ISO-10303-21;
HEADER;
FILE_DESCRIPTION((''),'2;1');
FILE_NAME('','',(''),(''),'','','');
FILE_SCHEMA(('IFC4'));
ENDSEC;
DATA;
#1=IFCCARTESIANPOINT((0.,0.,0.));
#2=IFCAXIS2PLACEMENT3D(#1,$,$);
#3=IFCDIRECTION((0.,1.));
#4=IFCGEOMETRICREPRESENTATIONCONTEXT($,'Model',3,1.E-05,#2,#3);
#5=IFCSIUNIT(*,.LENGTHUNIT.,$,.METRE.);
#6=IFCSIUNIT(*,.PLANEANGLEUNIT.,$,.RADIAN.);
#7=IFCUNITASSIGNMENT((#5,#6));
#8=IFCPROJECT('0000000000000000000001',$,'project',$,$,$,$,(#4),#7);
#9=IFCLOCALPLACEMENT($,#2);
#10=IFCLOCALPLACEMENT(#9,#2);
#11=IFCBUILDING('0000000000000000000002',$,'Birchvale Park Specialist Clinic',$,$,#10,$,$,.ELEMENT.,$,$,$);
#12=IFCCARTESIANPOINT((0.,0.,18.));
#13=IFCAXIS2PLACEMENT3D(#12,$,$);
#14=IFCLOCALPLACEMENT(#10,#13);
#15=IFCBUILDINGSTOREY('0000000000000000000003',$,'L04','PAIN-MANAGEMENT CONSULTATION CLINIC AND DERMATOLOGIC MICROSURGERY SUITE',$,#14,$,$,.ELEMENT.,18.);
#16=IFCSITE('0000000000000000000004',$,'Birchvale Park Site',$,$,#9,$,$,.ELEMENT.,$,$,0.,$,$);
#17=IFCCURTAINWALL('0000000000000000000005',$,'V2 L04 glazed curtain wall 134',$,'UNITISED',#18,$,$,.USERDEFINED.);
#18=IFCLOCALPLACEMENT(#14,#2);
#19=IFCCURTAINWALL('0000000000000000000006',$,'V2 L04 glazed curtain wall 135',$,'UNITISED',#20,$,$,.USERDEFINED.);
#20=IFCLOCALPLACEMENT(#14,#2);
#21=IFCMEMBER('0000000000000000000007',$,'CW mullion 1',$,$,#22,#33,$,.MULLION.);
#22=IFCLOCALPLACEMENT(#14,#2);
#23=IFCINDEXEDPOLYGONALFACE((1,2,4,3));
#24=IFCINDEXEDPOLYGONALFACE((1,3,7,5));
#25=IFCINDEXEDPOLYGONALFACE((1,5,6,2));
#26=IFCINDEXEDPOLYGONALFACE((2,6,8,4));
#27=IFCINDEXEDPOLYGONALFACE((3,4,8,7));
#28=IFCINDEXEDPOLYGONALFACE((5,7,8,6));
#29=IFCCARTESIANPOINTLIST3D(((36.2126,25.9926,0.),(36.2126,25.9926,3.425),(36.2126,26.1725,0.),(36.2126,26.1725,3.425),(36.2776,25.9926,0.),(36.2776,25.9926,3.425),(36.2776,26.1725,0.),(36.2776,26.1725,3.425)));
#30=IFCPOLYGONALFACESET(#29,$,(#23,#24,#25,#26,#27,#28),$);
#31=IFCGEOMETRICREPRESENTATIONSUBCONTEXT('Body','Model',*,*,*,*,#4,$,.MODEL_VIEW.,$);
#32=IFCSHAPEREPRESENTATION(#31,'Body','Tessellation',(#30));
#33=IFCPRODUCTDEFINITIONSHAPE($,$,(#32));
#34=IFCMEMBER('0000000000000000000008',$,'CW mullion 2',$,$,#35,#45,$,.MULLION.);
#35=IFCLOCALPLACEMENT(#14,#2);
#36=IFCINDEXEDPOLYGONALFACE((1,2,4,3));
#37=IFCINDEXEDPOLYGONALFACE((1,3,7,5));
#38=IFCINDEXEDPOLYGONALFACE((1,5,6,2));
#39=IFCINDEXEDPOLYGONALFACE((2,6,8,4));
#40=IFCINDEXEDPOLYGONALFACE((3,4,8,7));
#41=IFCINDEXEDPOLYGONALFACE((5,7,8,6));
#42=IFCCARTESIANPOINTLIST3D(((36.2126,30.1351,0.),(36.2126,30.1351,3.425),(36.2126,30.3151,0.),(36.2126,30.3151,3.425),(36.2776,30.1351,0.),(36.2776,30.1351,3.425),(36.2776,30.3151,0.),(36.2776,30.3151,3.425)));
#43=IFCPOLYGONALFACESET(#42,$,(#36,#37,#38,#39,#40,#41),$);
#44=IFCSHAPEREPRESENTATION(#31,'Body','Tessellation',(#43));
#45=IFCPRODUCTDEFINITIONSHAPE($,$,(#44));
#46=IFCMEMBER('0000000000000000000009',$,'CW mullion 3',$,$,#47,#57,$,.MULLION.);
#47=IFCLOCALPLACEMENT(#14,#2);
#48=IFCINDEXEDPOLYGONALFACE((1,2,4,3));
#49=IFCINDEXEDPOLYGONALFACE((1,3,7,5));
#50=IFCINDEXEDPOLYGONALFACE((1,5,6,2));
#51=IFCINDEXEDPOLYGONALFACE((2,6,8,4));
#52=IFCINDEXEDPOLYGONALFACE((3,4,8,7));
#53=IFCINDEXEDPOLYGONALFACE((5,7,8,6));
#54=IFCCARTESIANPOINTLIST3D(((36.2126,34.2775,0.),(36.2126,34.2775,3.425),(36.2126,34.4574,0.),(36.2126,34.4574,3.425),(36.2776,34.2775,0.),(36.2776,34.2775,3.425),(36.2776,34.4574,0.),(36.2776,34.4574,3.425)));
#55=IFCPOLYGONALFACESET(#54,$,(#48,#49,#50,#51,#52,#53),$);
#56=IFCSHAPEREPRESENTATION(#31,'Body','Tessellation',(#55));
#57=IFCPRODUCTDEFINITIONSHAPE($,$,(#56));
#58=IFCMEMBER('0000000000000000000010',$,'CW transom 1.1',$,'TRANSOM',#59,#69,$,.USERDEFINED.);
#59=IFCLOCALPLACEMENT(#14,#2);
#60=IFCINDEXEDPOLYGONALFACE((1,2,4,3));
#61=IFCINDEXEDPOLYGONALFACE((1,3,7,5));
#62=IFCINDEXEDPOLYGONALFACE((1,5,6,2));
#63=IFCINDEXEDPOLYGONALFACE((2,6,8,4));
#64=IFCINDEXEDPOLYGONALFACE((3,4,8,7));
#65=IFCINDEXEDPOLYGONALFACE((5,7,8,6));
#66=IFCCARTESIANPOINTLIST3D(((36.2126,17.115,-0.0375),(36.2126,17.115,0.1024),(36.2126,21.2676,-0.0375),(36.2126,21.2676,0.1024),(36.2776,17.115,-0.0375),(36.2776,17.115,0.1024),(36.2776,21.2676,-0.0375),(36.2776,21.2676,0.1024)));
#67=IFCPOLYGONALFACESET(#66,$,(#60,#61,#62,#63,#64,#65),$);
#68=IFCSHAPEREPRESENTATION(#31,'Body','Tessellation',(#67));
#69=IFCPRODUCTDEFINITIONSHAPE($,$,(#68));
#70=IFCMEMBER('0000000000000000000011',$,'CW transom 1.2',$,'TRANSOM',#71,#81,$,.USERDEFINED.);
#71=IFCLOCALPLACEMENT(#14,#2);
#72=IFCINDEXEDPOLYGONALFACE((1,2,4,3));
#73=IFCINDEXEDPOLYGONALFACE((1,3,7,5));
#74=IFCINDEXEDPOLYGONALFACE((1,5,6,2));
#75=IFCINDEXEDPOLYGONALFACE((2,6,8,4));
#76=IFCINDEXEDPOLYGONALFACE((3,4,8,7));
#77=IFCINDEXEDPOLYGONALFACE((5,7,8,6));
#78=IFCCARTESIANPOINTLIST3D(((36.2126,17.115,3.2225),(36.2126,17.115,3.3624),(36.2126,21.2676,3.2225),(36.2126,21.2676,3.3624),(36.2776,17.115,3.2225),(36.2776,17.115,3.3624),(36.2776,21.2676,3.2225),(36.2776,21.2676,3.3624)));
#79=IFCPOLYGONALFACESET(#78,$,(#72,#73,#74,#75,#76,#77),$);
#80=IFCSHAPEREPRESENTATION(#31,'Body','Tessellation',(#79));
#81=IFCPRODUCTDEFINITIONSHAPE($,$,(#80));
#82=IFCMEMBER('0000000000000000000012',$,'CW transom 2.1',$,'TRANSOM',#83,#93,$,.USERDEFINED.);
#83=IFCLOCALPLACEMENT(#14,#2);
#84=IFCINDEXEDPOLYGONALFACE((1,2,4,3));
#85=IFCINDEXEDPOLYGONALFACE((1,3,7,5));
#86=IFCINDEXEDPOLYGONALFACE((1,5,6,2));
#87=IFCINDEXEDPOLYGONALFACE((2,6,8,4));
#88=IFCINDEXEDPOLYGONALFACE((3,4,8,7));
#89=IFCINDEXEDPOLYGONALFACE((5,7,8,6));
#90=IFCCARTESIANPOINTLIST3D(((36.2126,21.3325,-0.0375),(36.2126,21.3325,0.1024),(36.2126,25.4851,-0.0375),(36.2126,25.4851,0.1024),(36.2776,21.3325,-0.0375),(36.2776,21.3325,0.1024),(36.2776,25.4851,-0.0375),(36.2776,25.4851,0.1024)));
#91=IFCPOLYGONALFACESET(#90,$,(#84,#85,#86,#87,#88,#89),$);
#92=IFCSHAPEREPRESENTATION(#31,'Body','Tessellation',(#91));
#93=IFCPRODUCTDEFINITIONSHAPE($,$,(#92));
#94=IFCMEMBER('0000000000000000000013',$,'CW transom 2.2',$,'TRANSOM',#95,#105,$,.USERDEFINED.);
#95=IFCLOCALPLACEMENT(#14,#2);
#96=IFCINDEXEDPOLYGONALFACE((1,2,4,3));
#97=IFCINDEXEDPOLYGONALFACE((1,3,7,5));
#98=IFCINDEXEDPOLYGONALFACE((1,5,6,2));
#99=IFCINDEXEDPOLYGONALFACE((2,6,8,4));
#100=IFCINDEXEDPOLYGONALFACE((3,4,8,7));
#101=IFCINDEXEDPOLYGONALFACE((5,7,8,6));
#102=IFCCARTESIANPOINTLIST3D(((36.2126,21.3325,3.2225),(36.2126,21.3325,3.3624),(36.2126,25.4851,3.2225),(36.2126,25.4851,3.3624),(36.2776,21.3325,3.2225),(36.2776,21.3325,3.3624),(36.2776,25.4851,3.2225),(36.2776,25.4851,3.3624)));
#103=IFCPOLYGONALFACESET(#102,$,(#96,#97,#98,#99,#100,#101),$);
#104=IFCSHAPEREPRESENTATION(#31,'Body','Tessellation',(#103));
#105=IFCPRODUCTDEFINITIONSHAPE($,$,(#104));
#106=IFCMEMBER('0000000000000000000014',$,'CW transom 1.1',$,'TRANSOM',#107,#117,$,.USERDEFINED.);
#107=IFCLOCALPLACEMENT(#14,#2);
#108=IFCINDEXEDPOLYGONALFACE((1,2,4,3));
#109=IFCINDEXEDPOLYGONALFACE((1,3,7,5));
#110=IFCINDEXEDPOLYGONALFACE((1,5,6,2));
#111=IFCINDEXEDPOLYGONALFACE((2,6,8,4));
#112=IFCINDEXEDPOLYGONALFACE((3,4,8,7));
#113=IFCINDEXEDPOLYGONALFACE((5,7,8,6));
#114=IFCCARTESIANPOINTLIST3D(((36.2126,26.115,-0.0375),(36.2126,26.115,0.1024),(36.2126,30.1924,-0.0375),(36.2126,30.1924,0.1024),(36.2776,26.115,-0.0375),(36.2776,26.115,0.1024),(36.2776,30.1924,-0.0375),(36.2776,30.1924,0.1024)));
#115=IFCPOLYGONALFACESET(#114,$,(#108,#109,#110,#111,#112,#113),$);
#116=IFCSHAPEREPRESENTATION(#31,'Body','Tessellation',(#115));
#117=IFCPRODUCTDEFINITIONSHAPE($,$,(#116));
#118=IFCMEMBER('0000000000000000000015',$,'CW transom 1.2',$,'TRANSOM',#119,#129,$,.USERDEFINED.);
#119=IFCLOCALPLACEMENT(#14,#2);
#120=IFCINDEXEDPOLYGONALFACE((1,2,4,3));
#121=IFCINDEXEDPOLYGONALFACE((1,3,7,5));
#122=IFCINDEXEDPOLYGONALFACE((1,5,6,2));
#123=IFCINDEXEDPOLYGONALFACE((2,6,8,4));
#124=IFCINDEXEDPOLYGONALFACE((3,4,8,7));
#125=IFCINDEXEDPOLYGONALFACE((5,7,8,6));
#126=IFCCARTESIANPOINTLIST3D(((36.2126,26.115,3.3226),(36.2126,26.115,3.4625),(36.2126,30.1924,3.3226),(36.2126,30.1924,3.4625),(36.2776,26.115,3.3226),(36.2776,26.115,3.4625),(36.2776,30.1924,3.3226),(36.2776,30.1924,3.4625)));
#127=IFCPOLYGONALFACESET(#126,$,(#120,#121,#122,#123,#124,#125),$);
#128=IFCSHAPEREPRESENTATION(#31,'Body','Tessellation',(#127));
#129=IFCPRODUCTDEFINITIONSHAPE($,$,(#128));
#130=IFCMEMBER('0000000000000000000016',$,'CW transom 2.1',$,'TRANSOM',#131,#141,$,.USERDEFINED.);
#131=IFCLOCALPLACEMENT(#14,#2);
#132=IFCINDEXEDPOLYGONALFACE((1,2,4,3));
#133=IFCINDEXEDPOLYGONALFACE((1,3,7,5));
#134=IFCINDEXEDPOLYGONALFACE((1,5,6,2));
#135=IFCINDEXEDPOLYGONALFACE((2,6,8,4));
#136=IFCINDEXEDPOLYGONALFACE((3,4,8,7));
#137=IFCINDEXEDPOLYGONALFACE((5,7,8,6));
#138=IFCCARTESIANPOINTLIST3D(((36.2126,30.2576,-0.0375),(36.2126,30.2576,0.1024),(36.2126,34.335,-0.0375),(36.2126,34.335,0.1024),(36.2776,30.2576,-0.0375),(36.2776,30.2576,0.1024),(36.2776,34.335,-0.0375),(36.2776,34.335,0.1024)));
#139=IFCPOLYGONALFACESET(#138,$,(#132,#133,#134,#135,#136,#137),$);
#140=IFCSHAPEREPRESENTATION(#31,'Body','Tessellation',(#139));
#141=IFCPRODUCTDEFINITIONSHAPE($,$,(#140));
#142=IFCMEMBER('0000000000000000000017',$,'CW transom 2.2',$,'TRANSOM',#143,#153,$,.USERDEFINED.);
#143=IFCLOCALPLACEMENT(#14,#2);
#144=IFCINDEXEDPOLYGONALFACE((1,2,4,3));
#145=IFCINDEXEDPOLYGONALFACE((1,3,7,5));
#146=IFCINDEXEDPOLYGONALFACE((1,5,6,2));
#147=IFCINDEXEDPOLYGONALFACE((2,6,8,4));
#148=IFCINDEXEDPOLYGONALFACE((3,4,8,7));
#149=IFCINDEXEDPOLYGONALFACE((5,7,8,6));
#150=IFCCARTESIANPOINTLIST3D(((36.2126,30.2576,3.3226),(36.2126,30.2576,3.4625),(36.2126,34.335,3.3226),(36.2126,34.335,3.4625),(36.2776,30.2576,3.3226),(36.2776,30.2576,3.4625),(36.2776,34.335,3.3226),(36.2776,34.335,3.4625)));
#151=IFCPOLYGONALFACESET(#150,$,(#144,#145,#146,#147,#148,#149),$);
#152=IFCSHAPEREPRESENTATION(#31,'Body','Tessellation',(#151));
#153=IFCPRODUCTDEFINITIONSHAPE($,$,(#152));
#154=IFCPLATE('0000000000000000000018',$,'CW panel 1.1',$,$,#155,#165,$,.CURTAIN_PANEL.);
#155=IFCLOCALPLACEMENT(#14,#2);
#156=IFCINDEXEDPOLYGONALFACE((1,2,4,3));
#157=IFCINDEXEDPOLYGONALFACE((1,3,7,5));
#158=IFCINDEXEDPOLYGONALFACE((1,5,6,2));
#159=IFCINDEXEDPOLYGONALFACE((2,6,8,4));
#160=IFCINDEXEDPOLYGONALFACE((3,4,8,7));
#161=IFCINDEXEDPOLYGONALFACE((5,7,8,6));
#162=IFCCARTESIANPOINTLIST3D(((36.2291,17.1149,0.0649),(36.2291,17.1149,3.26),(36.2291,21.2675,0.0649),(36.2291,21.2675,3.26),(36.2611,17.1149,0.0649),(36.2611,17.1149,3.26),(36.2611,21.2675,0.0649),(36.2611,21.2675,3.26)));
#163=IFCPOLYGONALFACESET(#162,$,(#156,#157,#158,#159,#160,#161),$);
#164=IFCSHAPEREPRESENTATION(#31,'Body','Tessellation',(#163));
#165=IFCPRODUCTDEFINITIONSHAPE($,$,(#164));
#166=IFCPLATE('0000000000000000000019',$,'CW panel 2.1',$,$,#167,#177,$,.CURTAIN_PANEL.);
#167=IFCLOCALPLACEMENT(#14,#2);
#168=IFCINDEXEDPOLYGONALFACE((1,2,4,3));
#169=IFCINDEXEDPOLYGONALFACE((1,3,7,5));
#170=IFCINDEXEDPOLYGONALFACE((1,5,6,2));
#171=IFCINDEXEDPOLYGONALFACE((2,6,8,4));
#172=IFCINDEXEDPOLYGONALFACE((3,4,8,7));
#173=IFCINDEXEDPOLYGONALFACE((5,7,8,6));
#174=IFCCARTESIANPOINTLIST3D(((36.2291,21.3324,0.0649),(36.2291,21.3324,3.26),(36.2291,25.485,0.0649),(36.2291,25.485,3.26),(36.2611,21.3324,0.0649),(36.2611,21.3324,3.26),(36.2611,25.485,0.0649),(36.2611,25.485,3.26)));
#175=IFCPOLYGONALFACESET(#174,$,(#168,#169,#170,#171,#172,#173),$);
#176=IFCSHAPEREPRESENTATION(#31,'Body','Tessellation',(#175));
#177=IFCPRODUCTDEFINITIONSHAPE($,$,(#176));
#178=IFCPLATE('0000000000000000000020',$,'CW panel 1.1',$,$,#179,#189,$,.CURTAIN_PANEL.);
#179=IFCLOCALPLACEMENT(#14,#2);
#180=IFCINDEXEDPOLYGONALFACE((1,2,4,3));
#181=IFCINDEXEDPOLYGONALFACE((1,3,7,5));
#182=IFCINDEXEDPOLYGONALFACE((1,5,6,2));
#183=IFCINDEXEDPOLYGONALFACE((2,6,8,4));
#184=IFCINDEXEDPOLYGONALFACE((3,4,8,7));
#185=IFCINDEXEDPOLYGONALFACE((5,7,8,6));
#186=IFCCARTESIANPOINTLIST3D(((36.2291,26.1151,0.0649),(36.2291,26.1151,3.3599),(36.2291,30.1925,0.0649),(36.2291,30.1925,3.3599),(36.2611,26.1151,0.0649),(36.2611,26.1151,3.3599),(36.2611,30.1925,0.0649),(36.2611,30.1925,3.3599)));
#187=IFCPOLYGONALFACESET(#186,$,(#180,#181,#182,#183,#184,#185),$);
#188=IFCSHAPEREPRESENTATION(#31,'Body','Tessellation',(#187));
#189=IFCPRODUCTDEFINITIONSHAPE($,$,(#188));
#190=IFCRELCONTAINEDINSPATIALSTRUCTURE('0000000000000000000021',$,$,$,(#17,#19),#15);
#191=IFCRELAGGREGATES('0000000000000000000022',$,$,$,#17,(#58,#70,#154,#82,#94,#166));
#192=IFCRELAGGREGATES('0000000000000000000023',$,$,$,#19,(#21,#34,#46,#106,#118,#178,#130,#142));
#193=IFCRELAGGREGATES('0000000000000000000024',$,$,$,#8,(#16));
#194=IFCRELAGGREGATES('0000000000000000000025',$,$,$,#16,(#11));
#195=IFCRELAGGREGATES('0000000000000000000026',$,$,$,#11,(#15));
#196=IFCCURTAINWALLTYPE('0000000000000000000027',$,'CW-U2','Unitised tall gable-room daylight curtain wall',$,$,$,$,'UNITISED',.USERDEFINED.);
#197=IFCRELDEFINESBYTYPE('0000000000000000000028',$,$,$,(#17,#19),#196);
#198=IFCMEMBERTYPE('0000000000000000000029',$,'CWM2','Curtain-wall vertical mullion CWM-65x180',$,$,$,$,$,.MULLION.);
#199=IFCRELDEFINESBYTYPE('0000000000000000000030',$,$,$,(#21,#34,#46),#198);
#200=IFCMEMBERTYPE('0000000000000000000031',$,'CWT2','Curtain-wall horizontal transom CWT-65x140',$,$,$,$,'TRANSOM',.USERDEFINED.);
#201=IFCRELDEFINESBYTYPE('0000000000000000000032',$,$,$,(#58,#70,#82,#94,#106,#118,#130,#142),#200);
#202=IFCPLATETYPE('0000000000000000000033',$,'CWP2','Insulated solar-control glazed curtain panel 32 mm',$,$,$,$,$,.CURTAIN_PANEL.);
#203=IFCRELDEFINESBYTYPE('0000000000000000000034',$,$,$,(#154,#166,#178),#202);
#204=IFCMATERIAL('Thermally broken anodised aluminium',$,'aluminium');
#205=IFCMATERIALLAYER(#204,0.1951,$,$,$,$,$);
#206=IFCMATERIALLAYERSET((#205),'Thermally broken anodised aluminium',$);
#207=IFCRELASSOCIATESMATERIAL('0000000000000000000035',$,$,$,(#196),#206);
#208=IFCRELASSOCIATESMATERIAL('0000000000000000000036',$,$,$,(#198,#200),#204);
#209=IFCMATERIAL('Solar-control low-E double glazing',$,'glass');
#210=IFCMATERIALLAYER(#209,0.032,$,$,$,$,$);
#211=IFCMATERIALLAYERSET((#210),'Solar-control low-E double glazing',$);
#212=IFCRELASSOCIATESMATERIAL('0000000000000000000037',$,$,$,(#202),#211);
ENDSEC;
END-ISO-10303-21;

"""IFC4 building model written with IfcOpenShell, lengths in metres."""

from ifc_helpers import new_model, si_unit, direction, frame, origin, origin_2d, place, context, subcontext, project, spatial, rectangle, extrude, material, layer, layer_set, material_profile, profile_set, type_object, element, aggregate, save


model = new_model("IFC4")

# Units and contexts
model_context = context("Model", 3, precision=1e-05, world=origin(), true_north=direction((0.0, 1.0)))
body_context = subcontext(model_context, "Body", "Model", "MODEL_VIEW")
ifc_project = project(units=[si_unit("LENGTHUNIT", "METRE"), si_unit("PLANEANGLEUNIT", "RADIAN")], contexts=[model_context])

# Site, building, storey
site_placement = place(None, origin())
site = spatial("IfcSite", under=ifc_project, at=site_placement, Name="Birchvale Park Site", CompositionType="ELEMENT", RefElevation=0.0)
building_placement = place(site_placement, origin())
building = spatial("IfcBuilding", under=site, at=building_placement, Name="Birchvale Park Specialist Clinic", CompositionType="ELEMENT")
storey_placement = place(building_placement, frame((0.0, 0.0, 18.0)))
storey = spatial("IfcBuildingStorey", under=building, at=storey_placement, Name="L04", Description="PAIN-MANAGEMENT CONSULTATION CLINIC AND DERMATOLOGIC MICROSURGERY SUITE", CompositionType="ELEMENT", Elevation=18.0)

# Curtain walls, members
ifc_material_1 = material(Name="Thermally broken anodised aluminium", Category="aluminium")
ifc_layer_1 = layer(ifc_material_1, 0.1951)
ifc_layer_set_1 = layer_set([ifc_layer_1], Name="Thermally broken anodised aluminium")
curtain_wall_type = type_object("IfcCurtainWallType", Name="CW-U2", Description="Unitised tall gable-room daylight curtain wall", ElementType="UNITISED", PredefinedType="USERDEFINED", material=ifc_layer_set_1)
curtain_wall_1_placement = place(storey_placement, origin())
curtain_wall_1 = element("IfcCurtainWall", 1, at=curtain_wall_1_placement, inside=storey, type_object=curtain_wall_type, Name="V2 L04 glazed curtain wall 134", ObjectType="UNITISED", PredefinedType="USERDEFINED")
ifc_material_profile_1 = material_profile(ifc_material_1, rectangle(XDim=0.0649, YDim=0.1799, at=origin_2d()), Name="CWM-65x180")
ifc_profile_set_1 = profile_set([ifc_material_profile_1], Name="Thermally broken anodised aluminium")
member_type_1 = type_object("IfcMemberType", Name="CWM2", Description="Curtain-wall vertical mullion CWM-65x180", PredefinedType="MULLION", material=ifc_profile_set_1)
curtain_wall_2_placement = place(storey_placement, origin())
curtain_wall_2 = element("IfcCurtainWall", 2, at=curtain_wall_2_placement, inside=storey, type_object=curtain_wall_type, Name="V2 L04 glazed curtain wall 135", ObjectType="UNITISED", PredefinedType="USERDEFINED")
member_1_placement = place(storey_placement, frame((36.2451, 26.0825, 0.0), z_axis=(0.0, 0.0, 1.0), x_axis=(-1.0, 0.0, 0.0)))
member_1 = element("IfcMember", 3, at=member_1_placement, type_object=member_type_1, Name="CW mullion 1", PredefinedType="MULLION", context=body_context, shape_type="SweptSolid", body=[
    extrude(rectangle(XDim=0.0649, YDim=0.1799, at=origin_2d()), origin(), (0.0, 0.0, 1.0), 3.425),
])
member_2_placement = place(storey_placement, frame((36.2451, 30.2251, 0.0), z_axis=(0.0, 0.0, 1.0), x_axis=(-1.0, 0.0, 0.0)))
member_2 = element("IfcMember", 4, at=member_2_placement, type_object=member_type_1, Name="CW mullion 2", PredefinedType="MULLION", context=body_context, shape_type="SweptSolid", body=[
    extrude(rectangle(XDim=0.0649, YDim=0.1799, at=origin_2d()), origin(), (0.0, 0.0, 1.0), 3.425),
])
member_3_placement = place(storey_placement, frame((36.2451, 34.3674, 0.0), z_axis=(0.0, 0.0, 1.0), x_axis=(-1.0, 0.0, 0.0)))
member_3 = element("IfcMember", 5, at=member_3_placement, type_object=member_type_1, Name="CW mullion 3", PredefinedType="MULLION", context=body_context, shape_type="SweptSolid", body=[
    extrude(rectangle(XDim=0.0649, YDim=0.1799, at=origin_2d()), origin(), (0.0, 0.0, 1.0), 3.425),
])

# Members
ifc_material_profile_2 = material_profile(ifc_material_1, rectangle(XDim=0.0649, YDim=0.1399, at=origin_2d()), Name="CWT-65x140")
ifc_profile_set_2 = profile_set([ifc_material_profile_2], Name="Thermally broken anodised aluminium")
member_type_2 = type_object("IfcMemberType", Name="CWT2", Description="Curtain-wall horizontal transom CWT-65x140", ElementType="TRANSOM", PredefinedType="USERDEFINED", material=ifc_profile_set_2)
member_4_placement = place(storey_placement, frame((36.2451, 17.115, 0.0325), z_axis=(0.0, 1.0, 0.0), x_axis=(-1.0, 0.0, 0.0)))
member_4 = element("IfcMember", 6, at=member_4_placement, type_object=member_type_2, Name="CW transom 1.1", ObjectType="TRANSOM", PredefinedType="USERDEFINED", context=body_context, shape_type="SweptSolid", body=[
    extrude(rectangle(XDim=0.0649, YDim=0.1399, at=origin_2d()), origin(), (0.0, 0.0, 1.0), 4.1526),
])
member_5_placement = place(storey_placement, frame((36.2451, 17.115, 3.2925), z_axis=(0.0, 1.0, 0.0), x_axis=(-1.0, 0.0, 0.0)))
member_5 = element("IfcMember", 7, at=member_5_placement, type_object=member_type_2, Name="CW transom 1.2", ObjectType="TRANSOM", PredefinedType="USERDEFINED", context=body_context, shape_type="SweptSolid", body=[
    extrude(rectangle(XDim=0.0649, YDim=0.1399, at=origin_2d()), origin(), (0.0, 0.0, 1.0), 4.1526),
])
member_6_placement = place(storey_placement, frame((36.2451, 21.3325, 0.0325), z_axis=(0.0, 1.0, 0.0), x_axis=(-1.0, 0.0, 0.0)))
member_6 = element("IfcMember", 8, at=member_6_placement, type_object=member_type_2, Name="CW transom 2.1", ObjectType="TRANSOM", PredefinedType="USERDEFINED", context=body_context, shape_type="SweptSolid", body=[
    extrude(rectangle(XDim=0.0649, YDim=0.1399, at=origin_2d()), origin(), (0.0, 0.0, 1.0), 4.1526),
])
member_7_placement = place(storey_placement, frame((36.2451, 21.3325, 3.2925), z_axis=(0.0, 1.0, 0.0), x_axis=(-1.0, 0.0, 0.0)))
member_7 = element("IfcMember", 9, at=member_7_placement, type_object=member_type_2, Name="CW transom 2.2", ObjectType="TRANSOM", PredefinedType="USERDEFINED", context=body_context, shape_type="SweptSolid", body=[
    extrude(rectangle(XDim=0.0649, YDim=0.1399, at=origin_2d()), origin(), (0.0, 0.0, 1.0), 4.1526),
])
member_8_placement = place(storey_placement, frame((36.2451, 26.115, 0.0325), z_axis=(0.0, 1.0, 0.0), x_axis=(-1.0, 0.0, 0.0)))
member_8 = element("IfcMember", 10, at=member_8_placement, type_object=member_type_2, Name="CW transom 1.1", ObjectType="TRANSOM", PredefinedType="USERDEFINED", context=body_context, shape_type="SweptSolid", body=[
    extrude(rectangle(XDim=0.0649, YDim=0.1399, at=origin_2d()), origin(), (0.0, 0.0, 1.0), 4.0774),
])
member_9_placement = place(storey_placement, frame((36.2451, 26.115, 3.3926), z_axis=(0.0, 1.0, 0.0), x_axis=(-1.0, 0.0, 0.0)))
member_9 = element("IfcMember", 11, at=member_9_placement, type_object=member_type_2, Name="CW transom 1.2", ObjectType="TRANSOM", PredefinedType="USERDEFINED", context=body_context, shape_type="SweptSolid", body=[
    extrude(rectangle(XDim=0.0649, YDim=0.1399, at=origin_2d()), origin(), (0.0, 0.0, 1.0), 4.0774),
])
member_10_placement = place(storey_placement, frame((36.2451, 30.2576, 0.0325), z_axis=(0.0, 1.0, 0.0), x_axis=(-1.0, 0.0, 0.0)))
member_10 = element("IfcMember", 12, at=member_10_placement, type_object=member_type_2, Name="CW transom 2.1", ObjectType="TRANSOM", PredefinedType="USERDEFINED", context=body_context, shape_type="SweptSolid", body=[
    extrude(rectangle(XDim=0.0649, YDim=0.1399, at=origin_2d()), origin(), (0.0, 0.0, 1.0), 4.0774),
])
member_11_placement = place(storey_placement, frame((36.2451, 30.2576, 3.3926), z_axis=(0.0, 1.0, 0.0), x_axis=(-1.0, 0.0, 0.0)))
member_11 = element("IfcMember", 13, at=member_11_placement, type_object=member_type_2, Name="CW transom 2.2", ObjectType="TRANSOM", PredefinedType="USERDEFINED", context=body_context, shape_type="SweptSolid", body=[
    extrude(rectangle(XDim=0.0649, YDim=0.1399, at=origin_2d()), origin(), (0.0, 0.0, 1.0), 4.0774),
])

# Plates
ifc_material_2 = material(Name="Solar-control low-E double glazing", Category="glass")
ifc_layer_2 = layer(ifc_material_2, 0.032)
ifc_layer_set_2 = layer_set([ifc_layer_2], Name="Solar-control low-E double glazing")
plate_type = type_object("IfcPlateType", Name="CWP2", Description="Insulated solar-control glazed curtain panel 32 mm", PredefinedType="CURTAIN_PANEL", material=ifc_layer_set_2)
plate_1_placement = place(storey_placement, frame((36.2451, 19.1912, 0.0649), z_axis=(0.0, 0.0, 1.0), x_axis=(0.0, 1.0, 0.0)))
plate_1 = element("IfcPlate", 14, at=plate_1_placement, type_object=plate_type, Name="CW panel 1.1", PredefinedType="CURTAIN_PANEL", context=body_context, shape_type="SweptSolid", body=[
    extrude(rectangle(XDim=4.1526, YDim=0.032, at=origin_2d()), origin(), (0.0, 0.0, 1.0), 3.1951),
])
plate_2_placement = place(storey_placement, frame((36.2451, 23.4087, 0.0649), z_axis=(0.0, 0.0, 1.0), x_axis=(0.0, 1.0, 0.0)))
plate_2 = element("IfcPlate", 15, at=plate_2_placement, type_object=plate_type, Name="CW panel 2.1", PredefinedType="CURTAIN_PANEL", context=body_context, shape_type="SweptSolid", body=[
    extrude(rectangle(XDim=4.1526, YDim=0.032, at=origin_2d()), origin(), (0.0, 0.0, 1.0), 3.1951),
])
aggregate(curtain_wall_1, [member_4, member_5, plate_1, member_6, member_7, plate_2])
plate_3_placement = place(storey_placement, frame((36.2451, 28.1538, 0.0649), z_axis=(0.0, 0.0, 1.0), x_axis=(0.0, 1.0, 0.0)))
plate_3 = element("IfcPlate", 16, at=plate_3_placement, type_object=plate_type, Name="CW panel 1.1", PredefinedType="CURTAIN_PANEL", context=body_context, shape_type="SweptSolid", body=[
    extrude(rectangle(XDim=4.0774, YDim=0.032, at=origin_2d()), origin(), (0.0, 0.0, 1.0), 3.2949),
])
aggregate(curtain_wall_2, [member_1, member_2, member_3, member_8, member_9, plate_3, member_10, member_11])

save(model, "model.ifc")
